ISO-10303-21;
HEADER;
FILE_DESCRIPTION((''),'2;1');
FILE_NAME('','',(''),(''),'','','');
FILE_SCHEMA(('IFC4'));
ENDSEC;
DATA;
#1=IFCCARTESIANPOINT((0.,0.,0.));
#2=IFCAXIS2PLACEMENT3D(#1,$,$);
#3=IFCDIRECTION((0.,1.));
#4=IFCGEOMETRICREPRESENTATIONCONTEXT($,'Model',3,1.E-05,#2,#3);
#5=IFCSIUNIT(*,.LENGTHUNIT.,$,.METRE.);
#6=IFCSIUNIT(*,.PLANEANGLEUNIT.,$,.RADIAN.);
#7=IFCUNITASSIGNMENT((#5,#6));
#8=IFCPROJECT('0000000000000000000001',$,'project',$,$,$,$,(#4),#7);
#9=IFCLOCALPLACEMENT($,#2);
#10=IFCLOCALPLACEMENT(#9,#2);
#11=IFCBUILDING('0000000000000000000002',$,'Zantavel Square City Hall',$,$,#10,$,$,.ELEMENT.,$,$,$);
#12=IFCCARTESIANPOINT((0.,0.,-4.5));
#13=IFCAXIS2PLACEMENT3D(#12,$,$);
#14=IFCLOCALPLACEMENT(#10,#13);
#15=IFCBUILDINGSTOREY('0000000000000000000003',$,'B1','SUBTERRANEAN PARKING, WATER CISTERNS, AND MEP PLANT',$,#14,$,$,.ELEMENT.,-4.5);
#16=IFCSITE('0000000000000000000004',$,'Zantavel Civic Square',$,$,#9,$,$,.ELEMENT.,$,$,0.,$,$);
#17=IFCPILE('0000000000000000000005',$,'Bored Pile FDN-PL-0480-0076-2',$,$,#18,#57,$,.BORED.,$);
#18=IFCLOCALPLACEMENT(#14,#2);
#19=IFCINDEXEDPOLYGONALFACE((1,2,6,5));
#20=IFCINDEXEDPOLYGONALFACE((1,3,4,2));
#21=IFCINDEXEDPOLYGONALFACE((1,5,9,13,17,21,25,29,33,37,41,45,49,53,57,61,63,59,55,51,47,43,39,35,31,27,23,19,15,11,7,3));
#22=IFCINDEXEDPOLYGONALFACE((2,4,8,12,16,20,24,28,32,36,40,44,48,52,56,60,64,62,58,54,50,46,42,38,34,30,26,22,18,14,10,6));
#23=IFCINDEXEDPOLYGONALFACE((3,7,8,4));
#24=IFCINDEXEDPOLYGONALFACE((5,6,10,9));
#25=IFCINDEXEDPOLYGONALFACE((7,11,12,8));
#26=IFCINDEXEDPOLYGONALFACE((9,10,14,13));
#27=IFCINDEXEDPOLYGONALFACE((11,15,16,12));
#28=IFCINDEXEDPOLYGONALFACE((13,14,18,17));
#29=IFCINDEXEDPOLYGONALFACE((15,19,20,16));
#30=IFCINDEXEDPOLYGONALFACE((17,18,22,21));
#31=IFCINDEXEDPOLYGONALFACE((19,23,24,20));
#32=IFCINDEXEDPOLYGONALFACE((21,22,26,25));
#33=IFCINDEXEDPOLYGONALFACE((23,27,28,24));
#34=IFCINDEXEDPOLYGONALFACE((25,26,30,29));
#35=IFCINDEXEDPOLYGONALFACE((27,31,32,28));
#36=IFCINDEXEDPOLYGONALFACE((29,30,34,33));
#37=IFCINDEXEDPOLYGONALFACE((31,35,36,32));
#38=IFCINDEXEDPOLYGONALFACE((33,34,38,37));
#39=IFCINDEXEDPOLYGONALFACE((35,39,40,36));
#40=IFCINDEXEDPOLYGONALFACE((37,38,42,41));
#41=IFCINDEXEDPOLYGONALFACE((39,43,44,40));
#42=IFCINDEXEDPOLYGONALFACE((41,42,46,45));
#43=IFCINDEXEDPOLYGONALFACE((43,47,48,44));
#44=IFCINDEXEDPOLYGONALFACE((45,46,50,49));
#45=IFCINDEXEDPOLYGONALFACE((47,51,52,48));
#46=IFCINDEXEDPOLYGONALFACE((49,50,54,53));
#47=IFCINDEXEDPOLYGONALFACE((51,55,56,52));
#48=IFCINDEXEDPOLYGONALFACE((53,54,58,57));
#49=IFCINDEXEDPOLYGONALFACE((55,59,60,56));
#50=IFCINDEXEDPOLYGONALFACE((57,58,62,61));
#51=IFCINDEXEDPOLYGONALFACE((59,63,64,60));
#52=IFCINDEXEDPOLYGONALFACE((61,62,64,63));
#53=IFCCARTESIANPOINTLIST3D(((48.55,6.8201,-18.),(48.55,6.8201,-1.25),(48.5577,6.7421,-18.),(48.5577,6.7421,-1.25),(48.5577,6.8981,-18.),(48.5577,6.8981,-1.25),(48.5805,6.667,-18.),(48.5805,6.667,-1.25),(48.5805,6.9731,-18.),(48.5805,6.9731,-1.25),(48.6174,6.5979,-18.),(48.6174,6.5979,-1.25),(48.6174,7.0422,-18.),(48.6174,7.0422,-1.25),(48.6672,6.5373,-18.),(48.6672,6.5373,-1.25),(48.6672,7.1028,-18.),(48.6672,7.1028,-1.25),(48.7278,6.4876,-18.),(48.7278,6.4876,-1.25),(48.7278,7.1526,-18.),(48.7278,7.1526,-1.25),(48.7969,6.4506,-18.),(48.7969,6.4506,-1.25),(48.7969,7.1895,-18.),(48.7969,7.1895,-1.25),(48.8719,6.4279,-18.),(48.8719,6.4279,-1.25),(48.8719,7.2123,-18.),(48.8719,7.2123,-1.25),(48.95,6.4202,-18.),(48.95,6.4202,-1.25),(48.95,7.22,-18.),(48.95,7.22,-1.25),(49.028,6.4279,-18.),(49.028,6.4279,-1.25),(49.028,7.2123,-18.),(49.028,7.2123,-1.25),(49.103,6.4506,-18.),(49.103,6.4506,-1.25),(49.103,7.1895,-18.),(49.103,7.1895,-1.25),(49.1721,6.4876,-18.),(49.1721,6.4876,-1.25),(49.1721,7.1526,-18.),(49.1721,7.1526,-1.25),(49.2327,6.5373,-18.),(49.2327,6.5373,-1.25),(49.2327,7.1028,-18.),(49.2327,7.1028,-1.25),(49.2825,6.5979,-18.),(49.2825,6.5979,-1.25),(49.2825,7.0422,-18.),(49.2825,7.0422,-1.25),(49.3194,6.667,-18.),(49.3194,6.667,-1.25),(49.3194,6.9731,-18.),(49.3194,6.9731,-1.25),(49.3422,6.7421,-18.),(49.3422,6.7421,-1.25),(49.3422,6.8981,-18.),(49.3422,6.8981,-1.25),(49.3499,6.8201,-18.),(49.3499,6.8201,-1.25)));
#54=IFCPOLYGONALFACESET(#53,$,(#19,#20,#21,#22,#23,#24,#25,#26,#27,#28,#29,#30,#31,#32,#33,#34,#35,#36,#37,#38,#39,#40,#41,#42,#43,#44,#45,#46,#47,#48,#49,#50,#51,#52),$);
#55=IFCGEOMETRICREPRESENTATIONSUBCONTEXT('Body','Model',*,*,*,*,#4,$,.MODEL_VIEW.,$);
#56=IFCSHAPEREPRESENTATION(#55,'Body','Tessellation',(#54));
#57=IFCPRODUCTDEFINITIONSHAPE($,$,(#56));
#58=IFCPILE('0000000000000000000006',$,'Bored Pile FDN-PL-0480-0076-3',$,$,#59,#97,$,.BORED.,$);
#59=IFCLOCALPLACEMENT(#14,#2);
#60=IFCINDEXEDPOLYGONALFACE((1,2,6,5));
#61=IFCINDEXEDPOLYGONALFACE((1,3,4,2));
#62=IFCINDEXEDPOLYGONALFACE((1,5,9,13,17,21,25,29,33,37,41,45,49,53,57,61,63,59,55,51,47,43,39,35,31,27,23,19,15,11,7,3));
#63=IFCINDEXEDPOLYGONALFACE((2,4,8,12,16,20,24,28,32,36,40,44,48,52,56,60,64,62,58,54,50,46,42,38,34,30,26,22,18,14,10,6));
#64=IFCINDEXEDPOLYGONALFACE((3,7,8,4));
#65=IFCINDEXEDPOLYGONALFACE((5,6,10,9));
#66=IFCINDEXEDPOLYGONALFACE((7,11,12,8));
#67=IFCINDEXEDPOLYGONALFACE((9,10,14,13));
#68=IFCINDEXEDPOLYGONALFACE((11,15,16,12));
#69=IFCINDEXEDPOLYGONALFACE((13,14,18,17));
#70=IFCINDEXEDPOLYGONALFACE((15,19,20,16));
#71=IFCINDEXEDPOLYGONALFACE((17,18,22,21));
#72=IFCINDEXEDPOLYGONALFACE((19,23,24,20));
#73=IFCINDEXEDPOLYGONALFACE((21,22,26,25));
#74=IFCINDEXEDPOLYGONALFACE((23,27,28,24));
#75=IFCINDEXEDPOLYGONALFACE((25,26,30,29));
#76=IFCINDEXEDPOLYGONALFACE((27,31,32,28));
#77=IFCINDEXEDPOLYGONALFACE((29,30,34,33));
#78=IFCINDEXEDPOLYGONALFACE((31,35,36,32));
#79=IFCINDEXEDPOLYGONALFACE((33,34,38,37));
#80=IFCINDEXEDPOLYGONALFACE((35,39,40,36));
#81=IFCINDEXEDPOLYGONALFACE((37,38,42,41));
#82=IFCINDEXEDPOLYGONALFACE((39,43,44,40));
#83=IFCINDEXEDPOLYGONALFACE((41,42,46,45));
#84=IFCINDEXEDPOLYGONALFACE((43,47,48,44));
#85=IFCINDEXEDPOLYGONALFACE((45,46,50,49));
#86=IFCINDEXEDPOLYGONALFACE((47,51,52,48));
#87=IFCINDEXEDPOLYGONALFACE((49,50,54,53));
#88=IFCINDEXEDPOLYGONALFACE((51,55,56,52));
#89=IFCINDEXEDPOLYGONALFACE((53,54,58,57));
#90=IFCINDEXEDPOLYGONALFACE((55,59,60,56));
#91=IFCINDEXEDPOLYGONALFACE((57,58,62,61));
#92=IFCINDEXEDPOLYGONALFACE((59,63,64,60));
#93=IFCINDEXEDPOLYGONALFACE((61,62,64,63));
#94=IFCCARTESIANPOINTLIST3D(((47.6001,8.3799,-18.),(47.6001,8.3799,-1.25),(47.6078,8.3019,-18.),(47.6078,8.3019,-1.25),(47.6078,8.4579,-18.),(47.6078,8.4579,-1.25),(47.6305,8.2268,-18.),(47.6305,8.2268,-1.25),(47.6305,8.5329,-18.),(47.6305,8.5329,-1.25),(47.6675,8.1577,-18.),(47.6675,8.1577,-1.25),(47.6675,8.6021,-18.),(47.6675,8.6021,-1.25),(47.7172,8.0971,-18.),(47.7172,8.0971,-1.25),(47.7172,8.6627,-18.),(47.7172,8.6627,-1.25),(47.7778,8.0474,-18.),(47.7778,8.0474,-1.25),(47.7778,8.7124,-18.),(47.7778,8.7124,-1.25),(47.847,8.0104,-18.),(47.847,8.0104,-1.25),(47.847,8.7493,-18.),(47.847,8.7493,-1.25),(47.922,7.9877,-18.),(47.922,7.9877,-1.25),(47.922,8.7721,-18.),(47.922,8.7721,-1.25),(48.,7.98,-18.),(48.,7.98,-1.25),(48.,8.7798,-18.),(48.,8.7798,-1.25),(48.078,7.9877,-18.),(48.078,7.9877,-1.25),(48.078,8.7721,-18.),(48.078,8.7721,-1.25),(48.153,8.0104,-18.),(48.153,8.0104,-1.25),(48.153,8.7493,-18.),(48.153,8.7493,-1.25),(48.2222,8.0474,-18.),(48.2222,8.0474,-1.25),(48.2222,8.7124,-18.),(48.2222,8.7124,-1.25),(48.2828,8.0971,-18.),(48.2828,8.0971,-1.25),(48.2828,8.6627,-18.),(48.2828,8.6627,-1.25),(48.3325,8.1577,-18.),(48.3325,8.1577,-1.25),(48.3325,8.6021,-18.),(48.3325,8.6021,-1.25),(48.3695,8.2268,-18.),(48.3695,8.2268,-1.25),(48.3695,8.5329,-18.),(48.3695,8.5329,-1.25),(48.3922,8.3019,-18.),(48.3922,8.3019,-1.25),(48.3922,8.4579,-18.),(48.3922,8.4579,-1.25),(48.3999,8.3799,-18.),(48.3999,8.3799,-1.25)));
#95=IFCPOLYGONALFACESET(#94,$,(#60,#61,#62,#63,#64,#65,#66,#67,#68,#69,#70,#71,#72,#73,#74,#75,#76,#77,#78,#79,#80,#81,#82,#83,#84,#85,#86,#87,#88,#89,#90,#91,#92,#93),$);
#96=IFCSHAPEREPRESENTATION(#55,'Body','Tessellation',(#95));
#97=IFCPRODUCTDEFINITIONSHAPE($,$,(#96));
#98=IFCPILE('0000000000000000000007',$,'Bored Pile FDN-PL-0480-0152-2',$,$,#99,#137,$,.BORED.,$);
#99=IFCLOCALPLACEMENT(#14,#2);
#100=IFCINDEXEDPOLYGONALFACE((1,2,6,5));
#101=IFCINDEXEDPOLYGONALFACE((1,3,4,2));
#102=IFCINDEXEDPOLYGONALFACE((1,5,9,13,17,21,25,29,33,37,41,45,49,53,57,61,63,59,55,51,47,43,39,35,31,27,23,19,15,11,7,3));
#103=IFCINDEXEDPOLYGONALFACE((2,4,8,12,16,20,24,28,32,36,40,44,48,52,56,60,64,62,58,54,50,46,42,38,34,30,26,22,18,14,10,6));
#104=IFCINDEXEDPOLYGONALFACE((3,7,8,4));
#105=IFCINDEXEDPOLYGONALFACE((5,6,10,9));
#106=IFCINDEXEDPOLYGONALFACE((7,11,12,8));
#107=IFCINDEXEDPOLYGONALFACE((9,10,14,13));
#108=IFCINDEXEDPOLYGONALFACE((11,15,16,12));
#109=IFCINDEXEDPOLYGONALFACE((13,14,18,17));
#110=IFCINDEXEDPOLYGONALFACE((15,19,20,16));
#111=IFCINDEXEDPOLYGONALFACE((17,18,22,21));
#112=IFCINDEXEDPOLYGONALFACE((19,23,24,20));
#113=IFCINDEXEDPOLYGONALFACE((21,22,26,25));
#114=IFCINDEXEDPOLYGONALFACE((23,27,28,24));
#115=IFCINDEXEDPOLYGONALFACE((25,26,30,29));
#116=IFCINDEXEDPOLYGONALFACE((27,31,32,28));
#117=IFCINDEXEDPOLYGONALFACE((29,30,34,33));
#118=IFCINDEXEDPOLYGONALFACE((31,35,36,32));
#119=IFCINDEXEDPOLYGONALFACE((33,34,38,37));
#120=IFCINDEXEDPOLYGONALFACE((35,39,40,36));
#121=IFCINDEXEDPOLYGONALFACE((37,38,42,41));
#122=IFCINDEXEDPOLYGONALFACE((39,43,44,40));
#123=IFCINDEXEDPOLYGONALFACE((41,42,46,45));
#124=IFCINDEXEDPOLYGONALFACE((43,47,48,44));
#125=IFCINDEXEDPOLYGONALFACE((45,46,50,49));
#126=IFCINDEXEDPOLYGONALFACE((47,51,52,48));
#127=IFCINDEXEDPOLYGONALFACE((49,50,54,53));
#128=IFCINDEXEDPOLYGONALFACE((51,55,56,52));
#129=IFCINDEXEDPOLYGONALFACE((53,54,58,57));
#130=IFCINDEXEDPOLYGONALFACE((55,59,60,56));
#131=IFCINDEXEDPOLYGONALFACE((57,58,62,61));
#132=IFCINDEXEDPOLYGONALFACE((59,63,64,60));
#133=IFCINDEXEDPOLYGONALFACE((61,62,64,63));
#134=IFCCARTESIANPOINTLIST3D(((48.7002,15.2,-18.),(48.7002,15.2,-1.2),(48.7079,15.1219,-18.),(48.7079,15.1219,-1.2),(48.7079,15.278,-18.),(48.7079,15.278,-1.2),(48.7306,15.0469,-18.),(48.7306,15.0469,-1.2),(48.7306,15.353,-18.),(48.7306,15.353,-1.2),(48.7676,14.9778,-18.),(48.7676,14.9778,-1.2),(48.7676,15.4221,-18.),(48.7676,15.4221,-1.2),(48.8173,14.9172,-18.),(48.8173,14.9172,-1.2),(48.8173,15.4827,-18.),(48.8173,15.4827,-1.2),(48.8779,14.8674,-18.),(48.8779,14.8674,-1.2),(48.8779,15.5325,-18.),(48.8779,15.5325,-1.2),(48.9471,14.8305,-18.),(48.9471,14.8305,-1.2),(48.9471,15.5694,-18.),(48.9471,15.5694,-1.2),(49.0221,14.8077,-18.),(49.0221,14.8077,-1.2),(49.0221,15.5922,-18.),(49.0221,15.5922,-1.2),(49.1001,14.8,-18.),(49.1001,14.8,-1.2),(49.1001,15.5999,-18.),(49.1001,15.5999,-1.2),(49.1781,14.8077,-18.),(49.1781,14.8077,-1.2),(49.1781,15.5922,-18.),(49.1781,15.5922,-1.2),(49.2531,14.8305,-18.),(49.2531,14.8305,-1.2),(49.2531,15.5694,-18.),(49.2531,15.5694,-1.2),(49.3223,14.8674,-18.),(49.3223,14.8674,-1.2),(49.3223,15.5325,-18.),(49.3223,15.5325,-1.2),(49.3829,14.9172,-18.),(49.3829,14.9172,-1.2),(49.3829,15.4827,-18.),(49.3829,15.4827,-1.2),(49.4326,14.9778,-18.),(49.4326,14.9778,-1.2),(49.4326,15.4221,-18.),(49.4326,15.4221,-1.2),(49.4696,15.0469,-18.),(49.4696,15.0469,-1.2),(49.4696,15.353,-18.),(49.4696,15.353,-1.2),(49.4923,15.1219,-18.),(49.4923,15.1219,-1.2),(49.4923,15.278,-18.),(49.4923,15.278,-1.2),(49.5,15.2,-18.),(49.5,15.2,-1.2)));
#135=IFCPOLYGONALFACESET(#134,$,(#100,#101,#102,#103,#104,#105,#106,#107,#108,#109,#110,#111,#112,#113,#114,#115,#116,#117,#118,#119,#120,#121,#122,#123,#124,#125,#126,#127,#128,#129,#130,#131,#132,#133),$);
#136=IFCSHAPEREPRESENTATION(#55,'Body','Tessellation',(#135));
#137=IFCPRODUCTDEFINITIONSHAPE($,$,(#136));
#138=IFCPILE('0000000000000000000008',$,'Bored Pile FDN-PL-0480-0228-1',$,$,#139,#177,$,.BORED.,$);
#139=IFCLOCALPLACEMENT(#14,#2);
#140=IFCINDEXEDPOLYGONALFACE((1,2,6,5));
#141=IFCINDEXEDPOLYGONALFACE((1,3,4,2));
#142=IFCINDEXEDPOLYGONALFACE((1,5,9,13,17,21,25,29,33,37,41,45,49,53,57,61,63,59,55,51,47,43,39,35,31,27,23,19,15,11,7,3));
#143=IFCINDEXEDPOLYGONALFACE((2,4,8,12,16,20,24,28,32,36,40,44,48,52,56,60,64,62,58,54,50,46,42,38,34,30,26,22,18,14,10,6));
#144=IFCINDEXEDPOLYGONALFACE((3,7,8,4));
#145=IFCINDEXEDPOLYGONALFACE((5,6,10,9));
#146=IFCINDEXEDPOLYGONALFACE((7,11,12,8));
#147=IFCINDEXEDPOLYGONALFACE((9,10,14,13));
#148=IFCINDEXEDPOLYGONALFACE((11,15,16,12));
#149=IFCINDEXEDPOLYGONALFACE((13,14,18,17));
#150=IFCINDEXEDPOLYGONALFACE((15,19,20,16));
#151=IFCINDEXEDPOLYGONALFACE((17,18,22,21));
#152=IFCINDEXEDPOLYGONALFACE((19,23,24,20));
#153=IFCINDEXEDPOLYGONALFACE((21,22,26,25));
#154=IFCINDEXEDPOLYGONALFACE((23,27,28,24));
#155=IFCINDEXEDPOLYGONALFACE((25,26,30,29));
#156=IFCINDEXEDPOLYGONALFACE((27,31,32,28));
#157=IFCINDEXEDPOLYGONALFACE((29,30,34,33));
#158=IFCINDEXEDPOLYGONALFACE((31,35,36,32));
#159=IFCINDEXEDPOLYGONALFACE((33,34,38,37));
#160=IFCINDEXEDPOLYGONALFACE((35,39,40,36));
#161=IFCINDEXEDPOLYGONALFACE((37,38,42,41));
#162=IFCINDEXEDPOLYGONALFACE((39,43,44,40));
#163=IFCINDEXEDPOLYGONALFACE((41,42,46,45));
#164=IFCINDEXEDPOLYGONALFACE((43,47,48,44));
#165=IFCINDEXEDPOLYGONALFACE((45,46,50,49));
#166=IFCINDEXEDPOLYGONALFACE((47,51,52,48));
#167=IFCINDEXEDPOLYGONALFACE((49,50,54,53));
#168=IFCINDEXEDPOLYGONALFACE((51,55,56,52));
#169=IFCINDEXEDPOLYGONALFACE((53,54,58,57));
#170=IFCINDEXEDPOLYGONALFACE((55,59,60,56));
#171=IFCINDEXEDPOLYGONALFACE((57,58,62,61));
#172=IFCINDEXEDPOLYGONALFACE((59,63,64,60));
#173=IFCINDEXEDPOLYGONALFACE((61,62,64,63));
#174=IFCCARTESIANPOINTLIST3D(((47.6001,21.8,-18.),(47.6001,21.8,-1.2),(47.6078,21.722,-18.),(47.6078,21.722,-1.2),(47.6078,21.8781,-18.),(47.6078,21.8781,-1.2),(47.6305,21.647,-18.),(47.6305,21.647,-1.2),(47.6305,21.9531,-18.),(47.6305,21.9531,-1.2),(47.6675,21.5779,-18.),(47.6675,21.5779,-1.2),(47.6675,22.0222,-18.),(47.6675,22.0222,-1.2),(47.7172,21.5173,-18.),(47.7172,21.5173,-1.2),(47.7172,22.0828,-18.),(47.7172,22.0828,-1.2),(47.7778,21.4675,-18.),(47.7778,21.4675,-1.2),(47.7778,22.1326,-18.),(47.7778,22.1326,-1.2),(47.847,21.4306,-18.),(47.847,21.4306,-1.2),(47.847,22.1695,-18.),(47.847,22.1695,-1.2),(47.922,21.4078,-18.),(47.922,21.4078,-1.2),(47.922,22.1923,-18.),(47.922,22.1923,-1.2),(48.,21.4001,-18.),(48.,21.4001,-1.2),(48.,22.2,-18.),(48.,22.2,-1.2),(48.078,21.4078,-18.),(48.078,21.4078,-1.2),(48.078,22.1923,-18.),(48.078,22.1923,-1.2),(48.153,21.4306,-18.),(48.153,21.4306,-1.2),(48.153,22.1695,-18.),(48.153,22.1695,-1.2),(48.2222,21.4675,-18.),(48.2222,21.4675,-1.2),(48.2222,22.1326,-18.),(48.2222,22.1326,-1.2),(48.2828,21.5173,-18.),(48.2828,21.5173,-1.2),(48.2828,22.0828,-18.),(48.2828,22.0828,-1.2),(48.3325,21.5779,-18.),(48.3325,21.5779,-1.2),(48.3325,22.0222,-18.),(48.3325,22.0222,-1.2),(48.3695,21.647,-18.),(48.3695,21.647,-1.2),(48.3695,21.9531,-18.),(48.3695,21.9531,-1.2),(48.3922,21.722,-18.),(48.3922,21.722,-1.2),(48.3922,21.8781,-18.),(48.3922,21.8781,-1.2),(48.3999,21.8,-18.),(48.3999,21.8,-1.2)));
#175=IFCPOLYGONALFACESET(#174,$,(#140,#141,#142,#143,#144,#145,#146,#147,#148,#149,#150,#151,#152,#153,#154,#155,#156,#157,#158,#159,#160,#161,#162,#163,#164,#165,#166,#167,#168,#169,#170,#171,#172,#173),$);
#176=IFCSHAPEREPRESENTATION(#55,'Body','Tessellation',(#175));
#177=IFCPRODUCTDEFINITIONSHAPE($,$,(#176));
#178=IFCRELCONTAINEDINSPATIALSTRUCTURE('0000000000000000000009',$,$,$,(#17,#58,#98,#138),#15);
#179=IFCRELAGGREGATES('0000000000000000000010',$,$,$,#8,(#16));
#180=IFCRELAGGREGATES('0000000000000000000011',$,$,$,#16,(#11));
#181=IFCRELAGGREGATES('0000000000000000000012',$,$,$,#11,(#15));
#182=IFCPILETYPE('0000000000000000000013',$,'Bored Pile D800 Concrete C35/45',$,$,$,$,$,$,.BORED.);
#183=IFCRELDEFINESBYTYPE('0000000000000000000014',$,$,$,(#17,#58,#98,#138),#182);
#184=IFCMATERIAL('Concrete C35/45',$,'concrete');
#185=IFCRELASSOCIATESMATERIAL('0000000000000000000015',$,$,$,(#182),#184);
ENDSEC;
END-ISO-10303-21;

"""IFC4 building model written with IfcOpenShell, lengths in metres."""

from ifc_helpers import new_model, si_unit, direction, frame, origin, origin_2d, place, context, subcontext, project, spatial, circle, extrude, material, material_profile, profile_set, type_object, element, save


model = new_model("IFC4")

# Units and contexts
model_context = context("Model", 3, precision=1e-05, world=origin(), true_north=direction((0.0, 1.0)))
body_context = subcontext(model_context, "Body", "Model", "MODEL_VIEW")
ifc_project = project(units=[si_unit("LENGTHUNIT", "METRE"), si_unit("PLANEANGLEUNIT", "RADIAN")], contexts=[model_context])

# Site, building, storey
site_placement = place(None, origin())
site = spatial("IfcSite", under=ifc_project, at=site_placement, Name="Zantavel Civic Square", CompositionType="ELEMENT", RefElevation=0.0)
building_placement = place(site_placement, origin())
building = spatial("IfcBuilding", under=site, at=building_placement, Name="Zantavel Square City Hall", CompositionType="ELEMENT")
storey_placement = place(building_placement, frame((0.0, 0.0, -4.5)))
storey = spatial("IfcBuildingStorey", under=building, at=storey_placement, Name="B1", Description="SUBTERRANEAN PARKING, WATER CISTERNS, AND MEP PLANT", CompositionType="ELEMENT", Elevation=-4.5)

# Piles
ifc_material_1 = material(Name="Concrete C35/45", Category="concrete")
ifc_material_profile_1 = material_profile(ifc_material_1, circle(Radius=0.3999, at=origin_2d()), Name="PILE D800")
ifc_profile_set_1 = profile_set([ifc_material_profile_1], Name="Concrete C35/45")
pile_type = type_object("IfcPileType", Name="Bored Pile D800 Concrete C35/45", PredefinedType="BORED", material=ifc_profile_set_1)
for number, where, z_axis, x_axis, name in (
    (1, (48.95, 6.8201, -1.25), (0.0, 0.0, -1.0), (1.0, 0.0, 0.0), "Bored Pile FDN-PL-0480-0076-2"),
    (2, (48.0, 8.3799, -1.25), (0.0, 0.0, -1.0), (1.0, 0.0, 0.0), "Bored Pile FDN-PL-0480-0076-3"),
):
    element("IfcPile", number, at=place(storey_placement, frame(where, z_axis=z_axis, x_axis=x_axis)), inside=storey, type_object=pile_type, Name=name, PredefinedType="BORED", context=body_context, shape_type="SweptSolid", body=[
        extrude(circle(Radius=0.3999, at=origin_2d()), origin(), (0.0, 0.0, 1.0), 16.75),
    ])
for number, where, z_axis, x_axis, name in (
    (3, (49.1001, 15.2, -1.2), (0.0, 0.0, -1.0), (1.0, 0.0, 0.0), "Bored Pile FDN-PL-0480-0152-2"),
    (4, (48.0, 21.8, -1.2), (0.0, 0.0, -1.0), (1.0, 0.0, 0.0), "Bored Pile FDN-PL-0480-0228-1"),
):
    element("IfcPile", number, at=place(storey_placement, frame(where, z_axis=z_axis, x_axis=x_axis)), inside=storey, type_object=pile_type, Name=name, PredefinedType="BORED", context=body_context, shape_type="SweptSolid", body=[
        extrude(circle(Radius=0.3999, at=origin_2d()), origin(), (0.0, 0.0, 1.0), 16.8),
    ])

save(model, "model.ifc")
